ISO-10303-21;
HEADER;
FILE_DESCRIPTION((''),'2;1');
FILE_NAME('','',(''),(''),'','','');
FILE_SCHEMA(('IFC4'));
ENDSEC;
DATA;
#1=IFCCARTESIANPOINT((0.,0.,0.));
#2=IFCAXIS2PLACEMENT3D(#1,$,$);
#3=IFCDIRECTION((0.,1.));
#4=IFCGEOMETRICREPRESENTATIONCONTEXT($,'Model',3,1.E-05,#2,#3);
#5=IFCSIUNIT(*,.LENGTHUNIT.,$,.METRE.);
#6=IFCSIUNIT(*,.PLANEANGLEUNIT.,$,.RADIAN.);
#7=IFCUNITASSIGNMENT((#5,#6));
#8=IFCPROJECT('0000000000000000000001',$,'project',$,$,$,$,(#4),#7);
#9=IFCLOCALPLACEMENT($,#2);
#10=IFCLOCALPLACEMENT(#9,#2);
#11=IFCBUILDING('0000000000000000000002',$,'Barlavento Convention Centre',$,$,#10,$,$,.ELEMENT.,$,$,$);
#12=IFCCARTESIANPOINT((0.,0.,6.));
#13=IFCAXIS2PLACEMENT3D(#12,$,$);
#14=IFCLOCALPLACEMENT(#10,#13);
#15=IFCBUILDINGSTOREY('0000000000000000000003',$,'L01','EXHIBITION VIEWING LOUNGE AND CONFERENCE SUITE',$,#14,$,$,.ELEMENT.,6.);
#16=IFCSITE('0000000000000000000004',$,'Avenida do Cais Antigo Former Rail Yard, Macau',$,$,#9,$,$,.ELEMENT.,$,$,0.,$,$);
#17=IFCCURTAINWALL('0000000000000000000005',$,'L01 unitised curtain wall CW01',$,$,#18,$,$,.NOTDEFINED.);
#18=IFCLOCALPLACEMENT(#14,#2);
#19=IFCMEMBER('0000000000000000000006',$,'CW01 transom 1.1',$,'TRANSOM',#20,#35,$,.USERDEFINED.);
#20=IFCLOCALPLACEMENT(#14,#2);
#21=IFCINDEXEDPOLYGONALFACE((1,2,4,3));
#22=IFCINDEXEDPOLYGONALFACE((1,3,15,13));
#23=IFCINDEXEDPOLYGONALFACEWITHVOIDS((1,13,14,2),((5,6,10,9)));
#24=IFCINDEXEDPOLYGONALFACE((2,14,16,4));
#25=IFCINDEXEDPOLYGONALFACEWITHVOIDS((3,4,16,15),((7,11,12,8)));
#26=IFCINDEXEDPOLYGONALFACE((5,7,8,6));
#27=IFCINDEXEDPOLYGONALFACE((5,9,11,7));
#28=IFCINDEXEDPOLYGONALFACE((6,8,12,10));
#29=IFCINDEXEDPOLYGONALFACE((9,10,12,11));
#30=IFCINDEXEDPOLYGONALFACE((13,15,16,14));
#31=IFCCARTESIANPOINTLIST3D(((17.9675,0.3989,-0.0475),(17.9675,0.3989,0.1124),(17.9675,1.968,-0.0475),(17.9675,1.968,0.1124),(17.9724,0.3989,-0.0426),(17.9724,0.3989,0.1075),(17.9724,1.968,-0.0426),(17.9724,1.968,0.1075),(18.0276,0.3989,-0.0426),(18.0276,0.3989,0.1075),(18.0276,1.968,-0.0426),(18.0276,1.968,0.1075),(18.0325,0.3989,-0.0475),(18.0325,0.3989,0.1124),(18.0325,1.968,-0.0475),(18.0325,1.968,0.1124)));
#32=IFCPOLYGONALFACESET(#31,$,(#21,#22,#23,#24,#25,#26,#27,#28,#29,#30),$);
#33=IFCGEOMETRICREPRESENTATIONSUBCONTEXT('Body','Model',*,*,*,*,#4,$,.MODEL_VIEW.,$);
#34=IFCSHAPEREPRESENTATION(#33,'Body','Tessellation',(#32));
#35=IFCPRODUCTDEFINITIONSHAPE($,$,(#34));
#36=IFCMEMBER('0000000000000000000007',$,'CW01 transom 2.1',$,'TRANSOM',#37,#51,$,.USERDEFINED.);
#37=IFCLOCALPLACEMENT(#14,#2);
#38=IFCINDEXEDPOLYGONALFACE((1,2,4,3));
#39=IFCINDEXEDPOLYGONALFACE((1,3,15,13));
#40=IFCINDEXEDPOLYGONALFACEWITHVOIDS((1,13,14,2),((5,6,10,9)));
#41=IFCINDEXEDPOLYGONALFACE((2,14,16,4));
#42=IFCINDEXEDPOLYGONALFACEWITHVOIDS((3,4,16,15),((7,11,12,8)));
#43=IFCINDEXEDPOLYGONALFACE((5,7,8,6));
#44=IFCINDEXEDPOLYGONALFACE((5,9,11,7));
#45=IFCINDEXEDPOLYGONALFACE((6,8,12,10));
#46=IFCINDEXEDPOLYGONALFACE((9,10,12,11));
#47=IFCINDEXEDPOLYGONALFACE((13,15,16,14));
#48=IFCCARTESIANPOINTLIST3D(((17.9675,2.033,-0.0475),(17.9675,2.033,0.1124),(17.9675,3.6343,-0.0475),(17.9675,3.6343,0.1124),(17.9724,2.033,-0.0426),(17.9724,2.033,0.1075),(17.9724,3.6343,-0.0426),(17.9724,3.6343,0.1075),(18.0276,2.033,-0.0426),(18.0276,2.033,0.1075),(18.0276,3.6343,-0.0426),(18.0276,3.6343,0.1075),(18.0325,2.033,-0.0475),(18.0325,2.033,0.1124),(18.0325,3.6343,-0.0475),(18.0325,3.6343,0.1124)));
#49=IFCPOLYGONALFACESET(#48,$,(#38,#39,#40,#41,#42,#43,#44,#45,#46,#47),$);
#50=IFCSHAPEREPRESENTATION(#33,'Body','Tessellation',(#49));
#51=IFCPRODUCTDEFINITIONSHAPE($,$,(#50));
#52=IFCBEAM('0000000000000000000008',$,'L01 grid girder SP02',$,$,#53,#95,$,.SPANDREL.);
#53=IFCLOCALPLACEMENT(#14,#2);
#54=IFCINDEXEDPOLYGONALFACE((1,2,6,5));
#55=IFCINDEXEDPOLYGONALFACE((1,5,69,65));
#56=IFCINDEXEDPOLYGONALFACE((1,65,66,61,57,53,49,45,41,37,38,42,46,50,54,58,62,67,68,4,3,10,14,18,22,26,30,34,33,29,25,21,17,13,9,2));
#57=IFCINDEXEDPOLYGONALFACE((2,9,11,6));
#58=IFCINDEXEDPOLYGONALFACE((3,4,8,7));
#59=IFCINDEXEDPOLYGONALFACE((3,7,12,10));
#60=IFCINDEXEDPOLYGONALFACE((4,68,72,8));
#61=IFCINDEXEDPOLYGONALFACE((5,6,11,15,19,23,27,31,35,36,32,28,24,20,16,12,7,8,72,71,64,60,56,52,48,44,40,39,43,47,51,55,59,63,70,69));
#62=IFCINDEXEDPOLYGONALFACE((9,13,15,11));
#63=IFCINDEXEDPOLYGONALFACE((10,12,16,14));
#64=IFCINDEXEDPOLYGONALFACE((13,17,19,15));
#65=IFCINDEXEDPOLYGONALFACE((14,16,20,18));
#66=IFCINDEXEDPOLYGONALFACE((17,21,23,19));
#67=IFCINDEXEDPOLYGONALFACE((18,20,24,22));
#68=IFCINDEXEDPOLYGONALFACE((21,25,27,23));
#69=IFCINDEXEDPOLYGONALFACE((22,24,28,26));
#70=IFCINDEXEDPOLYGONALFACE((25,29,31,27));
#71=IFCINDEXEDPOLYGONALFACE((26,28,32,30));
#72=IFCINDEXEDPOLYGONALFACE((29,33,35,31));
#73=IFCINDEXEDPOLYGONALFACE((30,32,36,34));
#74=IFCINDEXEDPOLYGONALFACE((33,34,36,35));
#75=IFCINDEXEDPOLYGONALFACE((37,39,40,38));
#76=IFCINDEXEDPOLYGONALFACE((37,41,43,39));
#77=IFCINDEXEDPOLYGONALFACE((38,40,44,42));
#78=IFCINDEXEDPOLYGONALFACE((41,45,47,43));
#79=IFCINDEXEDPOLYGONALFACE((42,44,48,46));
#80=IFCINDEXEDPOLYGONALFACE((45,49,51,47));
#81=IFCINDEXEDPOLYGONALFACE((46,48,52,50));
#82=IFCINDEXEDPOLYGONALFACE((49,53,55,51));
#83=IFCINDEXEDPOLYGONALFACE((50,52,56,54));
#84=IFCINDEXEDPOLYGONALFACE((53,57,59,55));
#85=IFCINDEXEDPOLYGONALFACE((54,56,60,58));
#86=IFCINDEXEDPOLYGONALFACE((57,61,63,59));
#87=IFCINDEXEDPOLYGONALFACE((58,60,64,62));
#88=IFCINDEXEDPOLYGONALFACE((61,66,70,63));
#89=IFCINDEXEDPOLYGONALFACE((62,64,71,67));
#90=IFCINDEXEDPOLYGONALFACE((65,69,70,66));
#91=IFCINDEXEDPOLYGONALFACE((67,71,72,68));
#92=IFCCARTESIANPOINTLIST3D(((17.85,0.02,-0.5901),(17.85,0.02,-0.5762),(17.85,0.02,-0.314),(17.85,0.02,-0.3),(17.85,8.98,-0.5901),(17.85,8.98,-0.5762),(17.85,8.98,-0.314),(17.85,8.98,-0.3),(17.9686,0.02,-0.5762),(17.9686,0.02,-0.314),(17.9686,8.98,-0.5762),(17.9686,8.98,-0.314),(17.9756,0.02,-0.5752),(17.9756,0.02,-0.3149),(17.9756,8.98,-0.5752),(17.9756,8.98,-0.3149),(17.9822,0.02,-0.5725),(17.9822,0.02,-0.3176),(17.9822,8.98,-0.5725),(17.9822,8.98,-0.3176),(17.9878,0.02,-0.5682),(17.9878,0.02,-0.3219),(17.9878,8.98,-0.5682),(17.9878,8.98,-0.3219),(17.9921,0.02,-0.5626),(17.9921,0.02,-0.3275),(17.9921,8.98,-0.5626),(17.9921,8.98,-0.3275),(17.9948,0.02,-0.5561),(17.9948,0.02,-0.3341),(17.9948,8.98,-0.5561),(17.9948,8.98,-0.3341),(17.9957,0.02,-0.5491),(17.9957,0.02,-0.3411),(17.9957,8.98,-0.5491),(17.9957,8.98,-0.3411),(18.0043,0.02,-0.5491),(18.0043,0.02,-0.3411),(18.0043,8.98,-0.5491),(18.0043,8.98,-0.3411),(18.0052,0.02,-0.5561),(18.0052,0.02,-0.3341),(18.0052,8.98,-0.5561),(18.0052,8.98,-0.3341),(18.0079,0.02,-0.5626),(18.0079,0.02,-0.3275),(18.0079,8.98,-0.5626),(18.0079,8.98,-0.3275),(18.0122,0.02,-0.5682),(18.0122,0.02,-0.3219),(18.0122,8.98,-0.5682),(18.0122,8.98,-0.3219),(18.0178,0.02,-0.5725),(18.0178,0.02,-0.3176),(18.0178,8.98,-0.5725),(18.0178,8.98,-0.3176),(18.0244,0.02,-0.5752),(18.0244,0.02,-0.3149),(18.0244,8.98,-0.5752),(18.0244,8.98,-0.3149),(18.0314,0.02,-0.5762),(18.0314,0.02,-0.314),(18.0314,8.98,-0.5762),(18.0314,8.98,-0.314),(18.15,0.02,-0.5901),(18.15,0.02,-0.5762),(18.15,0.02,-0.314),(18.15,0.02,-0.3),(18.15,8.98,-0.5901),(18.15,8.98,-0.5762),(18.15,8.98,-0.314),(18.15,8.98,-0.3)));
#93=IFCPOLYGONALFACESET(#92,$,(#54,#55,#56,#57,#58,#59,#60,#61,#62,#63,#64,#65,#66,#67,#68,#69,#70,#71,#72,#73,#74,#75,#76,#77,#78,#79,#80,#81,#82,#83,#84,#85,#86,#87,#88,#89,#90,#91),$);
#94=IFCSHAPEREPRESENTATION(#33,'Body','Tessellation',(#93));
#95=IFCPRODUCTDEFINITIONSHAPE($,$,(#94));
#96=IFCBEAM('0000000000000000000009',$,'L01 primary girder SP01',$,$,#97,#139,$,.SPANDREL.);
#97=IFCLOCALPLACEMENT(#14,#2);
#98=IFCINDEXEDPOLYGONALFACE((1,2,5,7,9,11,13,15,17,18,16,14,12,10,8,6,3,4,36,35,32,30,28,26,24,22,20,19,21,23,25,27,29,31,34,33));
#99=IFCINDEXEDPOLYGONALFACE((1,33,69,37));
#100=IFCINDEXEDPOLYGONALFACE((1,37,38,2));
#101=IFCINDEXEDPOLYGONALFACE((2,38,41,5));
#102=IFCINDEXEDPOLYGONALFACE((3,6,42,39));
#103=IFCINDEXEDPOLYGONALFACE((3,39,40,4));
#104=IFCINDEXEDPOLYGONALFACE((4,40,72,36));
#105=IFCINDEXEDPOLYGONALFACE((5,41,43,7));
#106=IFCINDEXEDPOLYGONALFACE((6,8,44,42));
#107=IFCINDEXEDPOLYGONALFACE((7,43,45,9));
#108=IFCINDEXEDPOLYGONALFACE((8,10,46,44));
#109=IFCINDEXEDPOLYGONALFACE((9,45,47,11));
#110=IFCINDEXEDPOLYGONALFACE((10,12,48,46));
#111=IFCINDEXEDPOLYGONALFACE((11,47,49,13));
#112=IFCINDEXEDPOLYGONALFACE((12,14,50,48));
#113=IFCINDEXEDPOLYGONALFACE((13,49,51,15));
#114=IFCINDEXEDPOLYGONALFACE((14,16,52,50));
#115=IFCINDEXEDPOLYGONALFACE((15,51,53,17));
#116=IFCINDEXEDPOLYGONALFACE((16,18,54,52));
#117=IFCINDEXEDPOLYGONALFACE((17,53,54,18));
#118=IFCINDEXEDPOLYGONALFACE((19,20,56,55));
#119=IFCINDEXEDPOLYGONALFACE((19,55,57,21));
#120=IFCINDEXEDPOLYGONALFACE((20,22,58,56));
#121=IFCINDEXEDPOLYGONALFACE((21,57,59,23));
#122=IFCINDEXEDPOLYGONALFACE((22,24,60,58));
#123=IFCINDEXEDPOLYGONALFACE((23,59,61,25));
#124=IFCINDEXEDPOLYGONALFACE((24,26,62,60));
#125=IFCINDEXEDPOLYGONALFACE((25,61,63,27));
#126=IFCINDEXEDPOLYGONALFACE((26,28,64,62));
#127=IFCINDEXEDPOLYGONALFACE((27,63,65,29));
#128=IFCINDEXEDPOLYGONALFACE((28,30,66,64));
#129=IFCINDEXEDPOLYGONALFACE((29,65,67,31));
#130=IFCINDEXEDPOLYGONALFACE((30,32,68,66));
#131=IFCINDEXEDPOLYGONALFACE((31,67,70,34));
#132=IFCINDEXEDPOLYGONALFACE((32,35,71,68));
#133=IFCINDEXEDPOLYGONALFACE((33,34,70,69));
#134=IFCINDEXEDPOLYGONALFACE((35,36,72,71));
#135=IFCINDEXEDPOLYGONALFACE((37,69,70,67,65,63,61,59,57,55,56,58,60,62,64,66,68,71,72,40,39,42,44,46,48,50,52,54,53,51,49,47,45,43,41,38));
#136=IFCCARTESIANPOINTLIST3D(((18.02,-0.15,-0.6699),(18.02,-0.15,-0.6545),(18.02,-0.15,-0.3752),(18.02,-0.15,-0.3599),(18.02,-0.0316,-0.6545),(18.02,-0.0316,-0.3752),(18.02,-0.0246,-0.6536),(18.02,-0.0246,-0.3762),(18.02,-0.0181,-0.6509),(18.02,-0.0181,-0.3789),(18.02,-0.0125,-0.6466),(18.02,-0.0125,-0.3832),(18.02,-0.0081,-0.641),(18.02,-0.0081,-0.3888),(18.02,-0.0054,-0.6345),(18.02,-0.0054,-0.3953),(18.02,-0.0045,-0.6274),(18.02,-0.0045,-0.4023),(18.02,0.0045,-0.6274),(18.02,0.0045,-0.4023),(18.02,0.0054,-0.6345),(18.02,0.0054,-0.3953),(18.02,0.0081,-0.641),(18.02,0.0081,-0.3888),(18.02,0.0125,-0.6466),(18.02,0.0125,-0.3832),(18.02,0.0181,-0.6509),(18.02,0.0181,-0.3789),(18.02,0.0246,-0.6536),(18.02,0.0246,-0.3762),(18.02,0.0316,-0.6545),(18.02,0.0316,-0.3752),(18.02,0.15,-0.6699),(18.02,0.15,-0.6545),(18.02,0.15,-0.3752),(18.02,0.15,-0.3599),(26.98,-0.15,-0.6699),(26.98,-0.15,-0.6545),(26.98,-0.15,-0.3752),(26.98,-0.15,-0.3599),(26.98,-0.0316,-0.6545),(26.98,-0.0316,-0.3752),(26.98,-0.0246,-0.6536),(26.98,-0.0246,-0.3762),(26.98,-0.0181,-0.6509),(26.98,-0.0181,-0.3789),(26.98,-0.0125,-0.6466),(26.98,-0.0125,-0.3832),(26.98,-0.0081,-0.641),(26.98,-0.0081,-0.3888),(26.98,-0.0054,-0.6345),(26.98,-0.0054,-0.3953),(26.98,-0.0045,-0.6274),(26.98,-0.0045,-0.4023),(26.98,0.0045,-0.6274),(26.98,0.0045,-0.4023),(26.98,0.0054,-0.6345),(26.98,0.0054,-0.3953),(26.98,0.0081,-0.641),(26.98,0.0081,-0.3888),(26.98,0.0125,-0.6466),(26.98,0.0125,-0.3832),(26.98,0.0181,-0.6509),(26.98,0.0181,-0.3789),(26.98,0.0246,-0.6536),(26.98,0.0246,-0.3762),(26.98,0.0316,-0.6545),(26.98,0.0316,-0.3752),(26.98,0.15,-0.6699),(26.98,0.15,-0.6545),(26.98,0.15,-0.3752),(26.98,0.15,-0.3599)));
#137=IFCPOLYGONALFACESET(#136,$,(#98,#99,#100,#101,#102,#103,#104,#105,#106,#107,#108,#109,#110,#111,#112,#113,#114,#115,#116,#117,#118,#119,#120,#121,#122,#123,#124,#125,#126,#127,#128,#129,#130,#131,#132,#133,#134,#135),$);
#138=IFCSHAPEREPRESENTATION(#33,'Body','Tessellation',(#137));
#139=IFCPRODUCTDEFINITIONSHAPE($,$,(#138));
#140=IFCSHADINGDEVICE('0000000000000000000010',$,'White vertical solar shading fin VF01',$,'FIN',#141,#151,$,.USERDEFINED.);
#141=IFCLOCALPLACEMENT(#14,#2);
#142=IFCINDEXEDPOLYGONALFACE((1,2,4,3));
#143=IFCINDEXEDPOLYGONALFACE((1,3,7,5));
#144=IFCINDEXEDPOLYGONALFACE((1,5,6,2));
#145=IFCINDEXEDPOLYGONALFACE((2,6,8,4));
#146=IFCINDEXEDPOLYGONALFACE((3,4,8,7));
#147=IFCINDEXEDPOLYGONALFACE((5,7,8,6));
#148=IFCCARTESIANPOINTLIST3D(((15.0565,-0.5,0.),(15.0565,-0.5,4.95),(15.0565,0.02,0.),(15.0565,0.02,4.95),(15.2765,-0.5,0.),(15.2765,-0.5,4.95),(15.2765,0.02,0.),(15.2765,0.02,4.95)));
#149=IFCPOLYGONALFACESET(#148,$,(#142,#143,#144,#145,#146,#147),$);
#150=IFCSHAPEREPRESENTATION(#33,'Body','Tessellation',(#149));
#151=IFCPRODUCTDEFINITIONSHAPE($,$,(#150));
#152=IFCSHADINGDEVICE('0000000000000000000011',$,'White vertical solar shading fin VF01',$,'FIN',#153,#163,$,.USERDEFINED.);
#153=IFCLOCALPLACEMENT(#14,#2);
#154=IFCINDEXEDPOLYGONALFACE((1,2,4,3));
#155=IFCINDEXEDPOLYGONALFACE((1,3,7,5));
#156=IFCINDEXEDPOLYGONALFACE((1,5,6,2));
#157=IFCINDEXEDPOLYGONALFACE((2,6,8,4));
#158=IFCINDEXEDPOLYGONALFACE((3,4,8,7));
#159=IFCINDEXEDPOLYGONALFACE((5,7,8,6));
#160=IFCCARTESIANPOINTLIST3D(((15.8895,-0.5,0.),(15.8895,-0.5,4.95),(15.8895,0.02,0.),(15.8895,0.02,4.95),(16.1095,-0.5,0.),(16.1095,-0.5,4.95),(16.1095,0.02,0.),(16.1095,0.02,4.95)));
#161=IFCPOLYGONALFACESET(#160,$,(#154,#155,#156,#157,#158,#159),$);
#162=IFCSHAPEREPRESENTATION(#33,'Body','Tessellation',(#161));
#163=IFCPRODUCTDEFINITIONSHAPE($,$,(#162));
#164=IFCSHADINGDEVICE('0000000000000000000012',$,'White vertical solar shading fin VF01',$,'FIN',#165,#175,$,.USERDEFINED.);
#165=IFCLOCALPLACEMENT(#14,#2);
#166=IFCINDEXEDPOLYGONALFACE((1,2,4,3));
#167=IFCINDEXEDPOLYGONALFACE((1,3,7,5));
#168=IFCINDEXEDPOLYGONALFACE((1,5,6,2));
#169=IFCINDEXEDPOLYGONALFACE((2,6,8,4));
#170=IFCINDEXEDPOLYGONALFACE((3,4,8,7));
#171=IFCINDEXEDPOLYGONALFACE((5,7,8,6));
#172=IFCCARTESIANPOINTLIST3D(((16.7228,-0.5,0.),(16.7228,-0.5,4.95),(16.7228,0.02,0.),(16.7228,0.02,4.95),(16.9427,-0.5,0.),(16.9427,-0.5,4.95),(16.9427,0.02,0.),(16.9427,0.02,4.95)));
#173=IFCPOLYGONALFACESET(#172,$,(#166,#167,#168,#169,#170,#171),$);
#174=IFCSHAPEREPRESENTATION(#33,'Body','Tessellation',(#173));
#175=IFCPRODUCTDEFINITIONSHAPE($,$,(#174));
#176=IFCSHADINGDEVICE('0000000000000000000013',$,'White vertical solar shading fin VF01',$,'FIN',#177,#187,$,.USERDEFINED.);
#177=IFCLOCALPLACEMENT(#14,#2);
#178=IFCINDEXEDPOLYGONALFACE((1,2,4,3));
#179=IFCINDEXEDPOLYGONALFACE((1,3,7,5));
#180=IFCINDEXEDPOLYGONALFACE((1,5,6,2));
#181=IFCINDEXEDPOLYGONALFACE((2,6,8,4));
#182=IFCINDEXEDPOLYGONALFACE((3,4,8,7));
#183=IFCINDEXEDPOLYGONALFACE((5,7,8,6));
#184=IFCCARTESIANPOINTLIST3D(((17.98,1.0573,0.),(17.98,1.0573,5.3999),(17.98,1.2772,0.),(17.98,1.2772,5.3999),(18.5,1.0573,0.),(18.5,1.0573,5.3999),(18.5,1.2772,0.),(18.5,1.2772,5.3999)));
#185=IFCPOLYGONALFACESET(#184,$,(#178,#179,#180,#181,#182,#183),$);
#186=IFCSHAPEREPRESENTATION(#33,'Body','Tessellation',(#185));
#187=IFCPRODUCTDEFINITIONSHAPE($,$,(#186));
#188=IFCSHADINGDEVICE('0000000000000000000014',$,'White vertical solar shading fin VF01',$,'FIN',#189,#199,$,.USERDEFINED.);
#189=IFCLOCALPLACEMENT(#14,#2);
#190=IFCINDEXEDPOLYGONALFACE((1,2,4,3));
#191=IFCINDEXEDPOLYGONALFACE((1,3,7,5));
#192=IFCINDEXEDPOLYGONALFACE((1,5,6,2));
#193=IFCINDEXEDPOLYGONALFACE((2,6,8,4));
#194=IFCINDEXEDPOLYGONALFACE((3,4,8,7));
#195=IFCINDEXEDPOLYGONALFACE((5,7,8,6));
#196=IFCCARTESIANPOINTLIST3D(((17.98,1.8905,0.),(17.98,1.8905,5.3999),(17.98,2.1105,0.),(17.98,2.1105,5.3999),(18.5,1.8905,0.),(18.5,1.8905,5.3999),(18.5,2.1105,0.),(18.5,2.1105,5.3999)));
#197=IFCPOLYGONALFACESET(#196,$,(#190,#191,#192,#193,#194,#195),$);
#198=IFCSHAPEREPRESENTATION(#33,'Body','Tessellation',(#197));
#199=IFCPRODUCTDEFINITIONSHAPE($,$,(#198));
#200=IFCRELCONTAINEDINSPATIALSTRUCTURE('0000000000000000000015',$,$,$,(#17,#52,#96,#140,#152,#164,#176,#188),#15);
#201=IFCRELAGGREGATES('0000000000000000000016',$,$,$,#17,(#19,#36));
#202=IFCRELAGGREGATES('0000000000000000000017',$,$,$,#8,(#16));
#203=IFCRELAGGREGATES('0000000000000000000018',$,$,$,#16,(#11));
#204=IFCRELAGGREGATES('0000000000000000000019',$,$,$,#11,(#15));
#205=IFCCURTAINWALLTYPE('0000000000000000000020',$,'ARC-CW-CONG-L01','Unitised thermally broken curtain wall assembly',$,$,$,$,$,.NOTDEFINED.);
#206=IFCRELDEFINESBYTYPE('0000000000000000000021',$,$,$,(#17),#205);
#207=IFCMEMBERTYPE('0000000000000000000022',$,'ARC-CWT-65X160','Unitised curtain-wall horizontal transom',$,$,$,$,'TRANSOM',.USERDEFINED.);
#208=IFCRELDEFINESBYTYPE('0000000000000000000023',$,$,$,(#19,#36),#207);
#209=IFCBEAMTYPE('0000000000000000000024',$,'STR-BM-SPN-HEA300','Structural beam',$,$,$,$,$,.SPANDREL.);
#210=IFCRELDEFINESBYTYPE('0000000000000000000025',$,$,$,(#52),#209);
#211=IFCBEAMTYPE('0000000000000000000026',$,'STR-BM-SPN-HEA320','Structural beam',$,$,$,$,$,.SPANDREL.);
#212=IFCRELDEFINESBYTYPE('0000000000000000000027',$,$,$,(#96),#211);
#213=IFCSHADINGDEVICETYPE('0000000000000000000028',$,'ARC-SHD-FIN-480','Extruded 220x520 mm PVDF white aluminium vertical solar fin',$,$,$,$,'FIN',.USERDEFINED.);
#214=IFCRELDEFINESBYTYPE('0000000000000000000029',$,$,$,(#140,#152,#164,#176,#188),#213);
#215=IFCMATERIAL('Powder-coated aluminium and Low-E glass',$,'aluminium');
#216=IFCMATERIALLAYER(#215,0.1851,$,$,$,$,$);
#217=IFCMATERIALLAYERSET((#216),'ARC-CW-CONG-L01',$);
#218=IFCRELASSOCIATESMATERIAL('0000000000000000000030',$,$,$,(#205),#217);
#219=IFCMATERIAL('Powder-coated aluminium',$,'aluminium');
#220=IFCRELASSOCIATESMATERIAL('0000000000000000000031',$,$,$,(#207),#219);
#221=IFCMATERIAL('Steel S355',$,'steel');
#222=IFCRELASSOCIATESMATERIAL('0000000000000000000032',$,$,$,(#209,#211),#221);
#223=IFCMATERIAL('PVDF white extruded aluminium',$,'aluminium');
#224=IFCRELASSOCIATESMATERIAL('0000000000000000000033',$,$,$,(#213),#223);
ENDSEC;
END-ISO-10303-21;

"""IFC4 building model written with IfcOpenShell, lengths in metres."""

from ifc_helpers import new_model, si_unit, direction, frame, origin, origin_2d, place, context, subcontext, project, spatial, rectangle, hollow_rectangle, i_section, extrude, material, layer, layer_set, material_profile, profile_set, type_object, element, aggregate, save


model = new_model("IFC4")

# Units and contexts
model_context = context("Model", 3, precision=1e-05, world=origin(), true_north=direction((0.0, 1.0)))
body_context = subcontext(model_context, "Body", "Model", "MODEL_VIEW")
ifc_project = project(units=[si_unit("LENGTHUNIT", "METRE"), si_unit("PLANEANGLEUNIT", "RADIAN")], contexts=[model_context])

# Site, building, storey
site_placement = place(None, origin())
site = spatial("IfcSite", under=ifc_project, at=site_placement, Name="Avenida do Cais Antigo Former Rail Yard, Macau", CompositionType="ELEMENT", RefElevation=0.0)
building_placement = place(site_placement, origin())
building = spatial("IfcBuilding", under=site, at=building_placement, Name="Barlavento Convention Centre", CompositionType="ELEMENT")
storey_placement = place(building_placement, frame((0.0, 0.0, 6.0)))
storey = spatial("IfcBuildingStorey", under=building, at=storey_placement, Name="L01", Description="EXHIBITION VIEWING LOUNGE AND CONFERENCE SUITE", CompositionType="ELEMENT", Elevation=6.0)

# Curtain wall
ifc_material_1 = material(Name="Powder-coated aluminium and Low-E glass", Category="aluminium")
ifc_layer = layer(ifc_material_1, 0.1851)
ifc_layer_set = layer_set([ifc_layer], Name="ARC-CW-CONG-L01")
curtain_wall_type = type_object("IfcCurtainWallType", Name="ARC-CW-CONG-L01", Description="Unitised thermally broken curtain wall assembly", PredefinedType="NOTDEFINED", material=ifc_layer_set)
ifc_material_2 = material(Name="Powder-coated aluminium", Category="aluminium")
curtain_wall_1_placement = place(storey_placement, origin())
curtain_wall_1 = element("IfcCurtainWall", 1, at=curtain_wall_1_placement, inside=storey, type_object=curtain_wall_type, Name="L01 unitised curtain wall CW01", PredefinedType="NOTDEFINED")

# Members
ifc_material_profile_1 = material_profile(ifc_material_2, hollow_rectangle(XDim=0.0649, YDim=0.1599, WallThickness=0.0049, at=origin_2d()), Name="AL-TRAN 65x160x5")
ifc_profile_set_1 = profile_set([ifc_material_profile_1], Name="Powder-coated aluminium")
member_type_1 = type_object("IfcMemberType", Name="ARC-CWT-65X160", Description="Unitised curtain-wall horizontal transom", ElementType="TRANSOM", PredefinedType="USERDEFINED", material=ifc_profile_set_1)
member_1_placement = place(storey_placement, frame((18.0, 0.3989, 0.0325), z_axis=(0.0, 1.0, 0.0), x_axis=(-1.0, 0.0, 0.0)))
member_1 = element("IfcMember", 2, at=member_1_placement, type_object=member_type_1, Name="CW01 transom 1.1", ObjectType="TRANSOM", PredefinedType="USERDEFINED", context=body_context, shape_type="SweptSolid", body=[
    extrude(hollow_rectangle(XDim=0.0649, YDim=0.1599, WallThickness=0.0049, at=origin_2d()), origin(), (0.0, 0.0, 1.0), 1.5691),
])
member_2_placement = place(storey_placement, frame((18.0, 2.033, 0.0325), z_axis=(0.0, 1.0, 0.0), x_axis=(-1.0, 0.0, 0.0)))
member_2 = element("IfcMember", 3, at=member_2_placement, type_object=member_type_1, Name="CW01 transom 2.1", ObjectType="TRANSOM", PredefinedType="USERDEFINED", context=body_context, shape_type="SweptSolid", body=[
    extrude(hollow_rectangle(XDim=0.0649, YDim=0.1599, WallThickness=0.0049, at=origin_2d()), origin(), (0.0, 0.0, 1.0), 1.6013),
])
aggregate(curtain_wall_1, [member_1, member_2])

# Beams
ifc_material_3 = material(Name="Steel S355", Category="steel")
ifc_material_profile_2 = material_profile(ifc_material_3, i_section(OverallWidth=0.3, OverallDepth=0.29, WebThickness=0.0085, FlangeThickness=0.0139, FilletRadius=0.0271, at=origin_2d()), Name="HEA 300")
ifc_profile_set_2 = profile_set([ifc_material_profile_2], Name="Steel S355")
beam_type_1 = type_object("IfcBeamType", Name="STR-BM-SPN-HEA300", Description="Structural beam", PredefinedType="SPANDREL", material=ifc_profile_set_2)
beam_1_placement = place(storey_placement, frame((18.0, 0.02, -0.4451), z_axis=(0.0, 1.0, 0.0), x_axis=(-1.0, 0.0, 0.0)))
element("IfcBeam", 4, at=beam_1_placement, inside=storey, type_object=beam_type_1, Name="L01 grid girder SP02", PredefinedType="SPANDREL", context=body_context, shape_type="SweptSolid", body=[
    extrude(i_section(OverallWidth=0.3, OverallDepth=0.29, WebThickness=0.0085, FlangeThickness=0.0139, FilletRadius=0.0271, at=origin_2d()), origin(), (0.0, 0.0, 1.0), 8.96),
])
ifc_material_profile_3 = material_profile(ifc_material_3, i_section(OverallWidth=0.3, OverallDepth=0.3101, WebThickness=0.009, FlangeThickness=0.0154, FilletRadius=0.0271, at=origin_2d()), Name="HEA 320")
ifc_profile_set_3 = profile_set([ifc_material_profile_3], Name="Steel S355")
beam_type_2 = type_object("IfcBeamType", Name="STR-BM-SPN-HEA320", Description="Structural beam", PredefinedType="SPANDREL", material=ifc_profile_set_3)
beam_2_placement = place(storey_placement, frame((18.02, 0.0, -0.5149), z_axis=(1.0, 0.0, 0.0), x_axis=(0.0, 1.0, 0.0)))
element("IfcBeam", 5, at=beam_2_placement, inside=storey, type_object=beam_type_2, Name="L01 primary girder SP01", PredefinedType="SPANDREL", context=body_context, shape_type="SweptSolid", body=[
    extrude(i_section(OverallWidth=0.3, OverallDepth=0.3101, WebThickness=0.009, FlangeThickness=0.0154, FilletRadius=0.0271, at=origin_2d()), origin(), (0.0, 0.0, 1.0), 8.96),
])

# Shading devices
ifc_material_4 = material(Name="PVDF white extruded aluminium", Category="aluminium")
shading_device_type = type_object("IfcShadingDeviceType", Name="ARC-SHD-FIN-480", Description="Extruded 220x520 mm PVDF white aluminium vertical solar fin", ElementType="FIN", PredefinedType="USERDEFINED", material=ifc_material_4)
for number, where, z_axis, x_axis, name in (
    (6, (15.1665, -0.24, 0.0), (0.0, 0.0, 1.0), (1.0, 0.0, 0.0), "White vertical solar shading fin VF01"),
    (7, (15.9995, -0.24, 0.0), (0.0, 0.0, 1.0), (1.0, 0.0, 0.0), "White vertical solar shading fin VF01"),
    (8, (16.8328, -0.24, 0.0), (0.0, 0.0, 1.0), (1.0, 0.0, 0.0), "White vertical solar shading fin VF01"),
):
    element("IfcShadingDevice", number, at=place(storey_placement, frame(where, z_axis=z_axis, x_axis=x_axis)), inside=storey, type_object=shading_device_type, Name=name, ObjectType="FIN", PredefinedType="USERDEFINED", context=body_context, shape_type="SweptSolid", body=[
        extrude(rectangle(XDim=0.22, YDim=0.52, at=origin_2d()), origin(), (0.0, 0.0, 1.0), 4.95),
    ])
for number, where, z_axis, x_axis, name in (
    (9, (18.24, 1.1672, 0.0), (0.0, 0.0, 1.0), (0.0, 1.0, 0.0), "White vertical solar shading fin VF01"),
    (10, (18.24, 2.0005, 0.0), (0.0, 0.0, 1.0), (0.0, 1.0, 0.0), "White vertical solar shading fin VF01"),
):
    element("IfcShadingDevice", number, at=place(storey_placement, frame(where, z_axis=z_axis, x_axis=x_axis)), inside=storey, type_object=shading_device_type, Name=name, ObjectType="FIN", PredefinedType="USERDEFINED", context=body_context, shape_type="SweptSolid", body=[
        extrude(rectangle(XDim=0.22, YDim=0.52, at=origin_2d()), origin(), (0.0, 0.0, 1.0), 5.3999),
    ])

save(model, "model.ifc")
